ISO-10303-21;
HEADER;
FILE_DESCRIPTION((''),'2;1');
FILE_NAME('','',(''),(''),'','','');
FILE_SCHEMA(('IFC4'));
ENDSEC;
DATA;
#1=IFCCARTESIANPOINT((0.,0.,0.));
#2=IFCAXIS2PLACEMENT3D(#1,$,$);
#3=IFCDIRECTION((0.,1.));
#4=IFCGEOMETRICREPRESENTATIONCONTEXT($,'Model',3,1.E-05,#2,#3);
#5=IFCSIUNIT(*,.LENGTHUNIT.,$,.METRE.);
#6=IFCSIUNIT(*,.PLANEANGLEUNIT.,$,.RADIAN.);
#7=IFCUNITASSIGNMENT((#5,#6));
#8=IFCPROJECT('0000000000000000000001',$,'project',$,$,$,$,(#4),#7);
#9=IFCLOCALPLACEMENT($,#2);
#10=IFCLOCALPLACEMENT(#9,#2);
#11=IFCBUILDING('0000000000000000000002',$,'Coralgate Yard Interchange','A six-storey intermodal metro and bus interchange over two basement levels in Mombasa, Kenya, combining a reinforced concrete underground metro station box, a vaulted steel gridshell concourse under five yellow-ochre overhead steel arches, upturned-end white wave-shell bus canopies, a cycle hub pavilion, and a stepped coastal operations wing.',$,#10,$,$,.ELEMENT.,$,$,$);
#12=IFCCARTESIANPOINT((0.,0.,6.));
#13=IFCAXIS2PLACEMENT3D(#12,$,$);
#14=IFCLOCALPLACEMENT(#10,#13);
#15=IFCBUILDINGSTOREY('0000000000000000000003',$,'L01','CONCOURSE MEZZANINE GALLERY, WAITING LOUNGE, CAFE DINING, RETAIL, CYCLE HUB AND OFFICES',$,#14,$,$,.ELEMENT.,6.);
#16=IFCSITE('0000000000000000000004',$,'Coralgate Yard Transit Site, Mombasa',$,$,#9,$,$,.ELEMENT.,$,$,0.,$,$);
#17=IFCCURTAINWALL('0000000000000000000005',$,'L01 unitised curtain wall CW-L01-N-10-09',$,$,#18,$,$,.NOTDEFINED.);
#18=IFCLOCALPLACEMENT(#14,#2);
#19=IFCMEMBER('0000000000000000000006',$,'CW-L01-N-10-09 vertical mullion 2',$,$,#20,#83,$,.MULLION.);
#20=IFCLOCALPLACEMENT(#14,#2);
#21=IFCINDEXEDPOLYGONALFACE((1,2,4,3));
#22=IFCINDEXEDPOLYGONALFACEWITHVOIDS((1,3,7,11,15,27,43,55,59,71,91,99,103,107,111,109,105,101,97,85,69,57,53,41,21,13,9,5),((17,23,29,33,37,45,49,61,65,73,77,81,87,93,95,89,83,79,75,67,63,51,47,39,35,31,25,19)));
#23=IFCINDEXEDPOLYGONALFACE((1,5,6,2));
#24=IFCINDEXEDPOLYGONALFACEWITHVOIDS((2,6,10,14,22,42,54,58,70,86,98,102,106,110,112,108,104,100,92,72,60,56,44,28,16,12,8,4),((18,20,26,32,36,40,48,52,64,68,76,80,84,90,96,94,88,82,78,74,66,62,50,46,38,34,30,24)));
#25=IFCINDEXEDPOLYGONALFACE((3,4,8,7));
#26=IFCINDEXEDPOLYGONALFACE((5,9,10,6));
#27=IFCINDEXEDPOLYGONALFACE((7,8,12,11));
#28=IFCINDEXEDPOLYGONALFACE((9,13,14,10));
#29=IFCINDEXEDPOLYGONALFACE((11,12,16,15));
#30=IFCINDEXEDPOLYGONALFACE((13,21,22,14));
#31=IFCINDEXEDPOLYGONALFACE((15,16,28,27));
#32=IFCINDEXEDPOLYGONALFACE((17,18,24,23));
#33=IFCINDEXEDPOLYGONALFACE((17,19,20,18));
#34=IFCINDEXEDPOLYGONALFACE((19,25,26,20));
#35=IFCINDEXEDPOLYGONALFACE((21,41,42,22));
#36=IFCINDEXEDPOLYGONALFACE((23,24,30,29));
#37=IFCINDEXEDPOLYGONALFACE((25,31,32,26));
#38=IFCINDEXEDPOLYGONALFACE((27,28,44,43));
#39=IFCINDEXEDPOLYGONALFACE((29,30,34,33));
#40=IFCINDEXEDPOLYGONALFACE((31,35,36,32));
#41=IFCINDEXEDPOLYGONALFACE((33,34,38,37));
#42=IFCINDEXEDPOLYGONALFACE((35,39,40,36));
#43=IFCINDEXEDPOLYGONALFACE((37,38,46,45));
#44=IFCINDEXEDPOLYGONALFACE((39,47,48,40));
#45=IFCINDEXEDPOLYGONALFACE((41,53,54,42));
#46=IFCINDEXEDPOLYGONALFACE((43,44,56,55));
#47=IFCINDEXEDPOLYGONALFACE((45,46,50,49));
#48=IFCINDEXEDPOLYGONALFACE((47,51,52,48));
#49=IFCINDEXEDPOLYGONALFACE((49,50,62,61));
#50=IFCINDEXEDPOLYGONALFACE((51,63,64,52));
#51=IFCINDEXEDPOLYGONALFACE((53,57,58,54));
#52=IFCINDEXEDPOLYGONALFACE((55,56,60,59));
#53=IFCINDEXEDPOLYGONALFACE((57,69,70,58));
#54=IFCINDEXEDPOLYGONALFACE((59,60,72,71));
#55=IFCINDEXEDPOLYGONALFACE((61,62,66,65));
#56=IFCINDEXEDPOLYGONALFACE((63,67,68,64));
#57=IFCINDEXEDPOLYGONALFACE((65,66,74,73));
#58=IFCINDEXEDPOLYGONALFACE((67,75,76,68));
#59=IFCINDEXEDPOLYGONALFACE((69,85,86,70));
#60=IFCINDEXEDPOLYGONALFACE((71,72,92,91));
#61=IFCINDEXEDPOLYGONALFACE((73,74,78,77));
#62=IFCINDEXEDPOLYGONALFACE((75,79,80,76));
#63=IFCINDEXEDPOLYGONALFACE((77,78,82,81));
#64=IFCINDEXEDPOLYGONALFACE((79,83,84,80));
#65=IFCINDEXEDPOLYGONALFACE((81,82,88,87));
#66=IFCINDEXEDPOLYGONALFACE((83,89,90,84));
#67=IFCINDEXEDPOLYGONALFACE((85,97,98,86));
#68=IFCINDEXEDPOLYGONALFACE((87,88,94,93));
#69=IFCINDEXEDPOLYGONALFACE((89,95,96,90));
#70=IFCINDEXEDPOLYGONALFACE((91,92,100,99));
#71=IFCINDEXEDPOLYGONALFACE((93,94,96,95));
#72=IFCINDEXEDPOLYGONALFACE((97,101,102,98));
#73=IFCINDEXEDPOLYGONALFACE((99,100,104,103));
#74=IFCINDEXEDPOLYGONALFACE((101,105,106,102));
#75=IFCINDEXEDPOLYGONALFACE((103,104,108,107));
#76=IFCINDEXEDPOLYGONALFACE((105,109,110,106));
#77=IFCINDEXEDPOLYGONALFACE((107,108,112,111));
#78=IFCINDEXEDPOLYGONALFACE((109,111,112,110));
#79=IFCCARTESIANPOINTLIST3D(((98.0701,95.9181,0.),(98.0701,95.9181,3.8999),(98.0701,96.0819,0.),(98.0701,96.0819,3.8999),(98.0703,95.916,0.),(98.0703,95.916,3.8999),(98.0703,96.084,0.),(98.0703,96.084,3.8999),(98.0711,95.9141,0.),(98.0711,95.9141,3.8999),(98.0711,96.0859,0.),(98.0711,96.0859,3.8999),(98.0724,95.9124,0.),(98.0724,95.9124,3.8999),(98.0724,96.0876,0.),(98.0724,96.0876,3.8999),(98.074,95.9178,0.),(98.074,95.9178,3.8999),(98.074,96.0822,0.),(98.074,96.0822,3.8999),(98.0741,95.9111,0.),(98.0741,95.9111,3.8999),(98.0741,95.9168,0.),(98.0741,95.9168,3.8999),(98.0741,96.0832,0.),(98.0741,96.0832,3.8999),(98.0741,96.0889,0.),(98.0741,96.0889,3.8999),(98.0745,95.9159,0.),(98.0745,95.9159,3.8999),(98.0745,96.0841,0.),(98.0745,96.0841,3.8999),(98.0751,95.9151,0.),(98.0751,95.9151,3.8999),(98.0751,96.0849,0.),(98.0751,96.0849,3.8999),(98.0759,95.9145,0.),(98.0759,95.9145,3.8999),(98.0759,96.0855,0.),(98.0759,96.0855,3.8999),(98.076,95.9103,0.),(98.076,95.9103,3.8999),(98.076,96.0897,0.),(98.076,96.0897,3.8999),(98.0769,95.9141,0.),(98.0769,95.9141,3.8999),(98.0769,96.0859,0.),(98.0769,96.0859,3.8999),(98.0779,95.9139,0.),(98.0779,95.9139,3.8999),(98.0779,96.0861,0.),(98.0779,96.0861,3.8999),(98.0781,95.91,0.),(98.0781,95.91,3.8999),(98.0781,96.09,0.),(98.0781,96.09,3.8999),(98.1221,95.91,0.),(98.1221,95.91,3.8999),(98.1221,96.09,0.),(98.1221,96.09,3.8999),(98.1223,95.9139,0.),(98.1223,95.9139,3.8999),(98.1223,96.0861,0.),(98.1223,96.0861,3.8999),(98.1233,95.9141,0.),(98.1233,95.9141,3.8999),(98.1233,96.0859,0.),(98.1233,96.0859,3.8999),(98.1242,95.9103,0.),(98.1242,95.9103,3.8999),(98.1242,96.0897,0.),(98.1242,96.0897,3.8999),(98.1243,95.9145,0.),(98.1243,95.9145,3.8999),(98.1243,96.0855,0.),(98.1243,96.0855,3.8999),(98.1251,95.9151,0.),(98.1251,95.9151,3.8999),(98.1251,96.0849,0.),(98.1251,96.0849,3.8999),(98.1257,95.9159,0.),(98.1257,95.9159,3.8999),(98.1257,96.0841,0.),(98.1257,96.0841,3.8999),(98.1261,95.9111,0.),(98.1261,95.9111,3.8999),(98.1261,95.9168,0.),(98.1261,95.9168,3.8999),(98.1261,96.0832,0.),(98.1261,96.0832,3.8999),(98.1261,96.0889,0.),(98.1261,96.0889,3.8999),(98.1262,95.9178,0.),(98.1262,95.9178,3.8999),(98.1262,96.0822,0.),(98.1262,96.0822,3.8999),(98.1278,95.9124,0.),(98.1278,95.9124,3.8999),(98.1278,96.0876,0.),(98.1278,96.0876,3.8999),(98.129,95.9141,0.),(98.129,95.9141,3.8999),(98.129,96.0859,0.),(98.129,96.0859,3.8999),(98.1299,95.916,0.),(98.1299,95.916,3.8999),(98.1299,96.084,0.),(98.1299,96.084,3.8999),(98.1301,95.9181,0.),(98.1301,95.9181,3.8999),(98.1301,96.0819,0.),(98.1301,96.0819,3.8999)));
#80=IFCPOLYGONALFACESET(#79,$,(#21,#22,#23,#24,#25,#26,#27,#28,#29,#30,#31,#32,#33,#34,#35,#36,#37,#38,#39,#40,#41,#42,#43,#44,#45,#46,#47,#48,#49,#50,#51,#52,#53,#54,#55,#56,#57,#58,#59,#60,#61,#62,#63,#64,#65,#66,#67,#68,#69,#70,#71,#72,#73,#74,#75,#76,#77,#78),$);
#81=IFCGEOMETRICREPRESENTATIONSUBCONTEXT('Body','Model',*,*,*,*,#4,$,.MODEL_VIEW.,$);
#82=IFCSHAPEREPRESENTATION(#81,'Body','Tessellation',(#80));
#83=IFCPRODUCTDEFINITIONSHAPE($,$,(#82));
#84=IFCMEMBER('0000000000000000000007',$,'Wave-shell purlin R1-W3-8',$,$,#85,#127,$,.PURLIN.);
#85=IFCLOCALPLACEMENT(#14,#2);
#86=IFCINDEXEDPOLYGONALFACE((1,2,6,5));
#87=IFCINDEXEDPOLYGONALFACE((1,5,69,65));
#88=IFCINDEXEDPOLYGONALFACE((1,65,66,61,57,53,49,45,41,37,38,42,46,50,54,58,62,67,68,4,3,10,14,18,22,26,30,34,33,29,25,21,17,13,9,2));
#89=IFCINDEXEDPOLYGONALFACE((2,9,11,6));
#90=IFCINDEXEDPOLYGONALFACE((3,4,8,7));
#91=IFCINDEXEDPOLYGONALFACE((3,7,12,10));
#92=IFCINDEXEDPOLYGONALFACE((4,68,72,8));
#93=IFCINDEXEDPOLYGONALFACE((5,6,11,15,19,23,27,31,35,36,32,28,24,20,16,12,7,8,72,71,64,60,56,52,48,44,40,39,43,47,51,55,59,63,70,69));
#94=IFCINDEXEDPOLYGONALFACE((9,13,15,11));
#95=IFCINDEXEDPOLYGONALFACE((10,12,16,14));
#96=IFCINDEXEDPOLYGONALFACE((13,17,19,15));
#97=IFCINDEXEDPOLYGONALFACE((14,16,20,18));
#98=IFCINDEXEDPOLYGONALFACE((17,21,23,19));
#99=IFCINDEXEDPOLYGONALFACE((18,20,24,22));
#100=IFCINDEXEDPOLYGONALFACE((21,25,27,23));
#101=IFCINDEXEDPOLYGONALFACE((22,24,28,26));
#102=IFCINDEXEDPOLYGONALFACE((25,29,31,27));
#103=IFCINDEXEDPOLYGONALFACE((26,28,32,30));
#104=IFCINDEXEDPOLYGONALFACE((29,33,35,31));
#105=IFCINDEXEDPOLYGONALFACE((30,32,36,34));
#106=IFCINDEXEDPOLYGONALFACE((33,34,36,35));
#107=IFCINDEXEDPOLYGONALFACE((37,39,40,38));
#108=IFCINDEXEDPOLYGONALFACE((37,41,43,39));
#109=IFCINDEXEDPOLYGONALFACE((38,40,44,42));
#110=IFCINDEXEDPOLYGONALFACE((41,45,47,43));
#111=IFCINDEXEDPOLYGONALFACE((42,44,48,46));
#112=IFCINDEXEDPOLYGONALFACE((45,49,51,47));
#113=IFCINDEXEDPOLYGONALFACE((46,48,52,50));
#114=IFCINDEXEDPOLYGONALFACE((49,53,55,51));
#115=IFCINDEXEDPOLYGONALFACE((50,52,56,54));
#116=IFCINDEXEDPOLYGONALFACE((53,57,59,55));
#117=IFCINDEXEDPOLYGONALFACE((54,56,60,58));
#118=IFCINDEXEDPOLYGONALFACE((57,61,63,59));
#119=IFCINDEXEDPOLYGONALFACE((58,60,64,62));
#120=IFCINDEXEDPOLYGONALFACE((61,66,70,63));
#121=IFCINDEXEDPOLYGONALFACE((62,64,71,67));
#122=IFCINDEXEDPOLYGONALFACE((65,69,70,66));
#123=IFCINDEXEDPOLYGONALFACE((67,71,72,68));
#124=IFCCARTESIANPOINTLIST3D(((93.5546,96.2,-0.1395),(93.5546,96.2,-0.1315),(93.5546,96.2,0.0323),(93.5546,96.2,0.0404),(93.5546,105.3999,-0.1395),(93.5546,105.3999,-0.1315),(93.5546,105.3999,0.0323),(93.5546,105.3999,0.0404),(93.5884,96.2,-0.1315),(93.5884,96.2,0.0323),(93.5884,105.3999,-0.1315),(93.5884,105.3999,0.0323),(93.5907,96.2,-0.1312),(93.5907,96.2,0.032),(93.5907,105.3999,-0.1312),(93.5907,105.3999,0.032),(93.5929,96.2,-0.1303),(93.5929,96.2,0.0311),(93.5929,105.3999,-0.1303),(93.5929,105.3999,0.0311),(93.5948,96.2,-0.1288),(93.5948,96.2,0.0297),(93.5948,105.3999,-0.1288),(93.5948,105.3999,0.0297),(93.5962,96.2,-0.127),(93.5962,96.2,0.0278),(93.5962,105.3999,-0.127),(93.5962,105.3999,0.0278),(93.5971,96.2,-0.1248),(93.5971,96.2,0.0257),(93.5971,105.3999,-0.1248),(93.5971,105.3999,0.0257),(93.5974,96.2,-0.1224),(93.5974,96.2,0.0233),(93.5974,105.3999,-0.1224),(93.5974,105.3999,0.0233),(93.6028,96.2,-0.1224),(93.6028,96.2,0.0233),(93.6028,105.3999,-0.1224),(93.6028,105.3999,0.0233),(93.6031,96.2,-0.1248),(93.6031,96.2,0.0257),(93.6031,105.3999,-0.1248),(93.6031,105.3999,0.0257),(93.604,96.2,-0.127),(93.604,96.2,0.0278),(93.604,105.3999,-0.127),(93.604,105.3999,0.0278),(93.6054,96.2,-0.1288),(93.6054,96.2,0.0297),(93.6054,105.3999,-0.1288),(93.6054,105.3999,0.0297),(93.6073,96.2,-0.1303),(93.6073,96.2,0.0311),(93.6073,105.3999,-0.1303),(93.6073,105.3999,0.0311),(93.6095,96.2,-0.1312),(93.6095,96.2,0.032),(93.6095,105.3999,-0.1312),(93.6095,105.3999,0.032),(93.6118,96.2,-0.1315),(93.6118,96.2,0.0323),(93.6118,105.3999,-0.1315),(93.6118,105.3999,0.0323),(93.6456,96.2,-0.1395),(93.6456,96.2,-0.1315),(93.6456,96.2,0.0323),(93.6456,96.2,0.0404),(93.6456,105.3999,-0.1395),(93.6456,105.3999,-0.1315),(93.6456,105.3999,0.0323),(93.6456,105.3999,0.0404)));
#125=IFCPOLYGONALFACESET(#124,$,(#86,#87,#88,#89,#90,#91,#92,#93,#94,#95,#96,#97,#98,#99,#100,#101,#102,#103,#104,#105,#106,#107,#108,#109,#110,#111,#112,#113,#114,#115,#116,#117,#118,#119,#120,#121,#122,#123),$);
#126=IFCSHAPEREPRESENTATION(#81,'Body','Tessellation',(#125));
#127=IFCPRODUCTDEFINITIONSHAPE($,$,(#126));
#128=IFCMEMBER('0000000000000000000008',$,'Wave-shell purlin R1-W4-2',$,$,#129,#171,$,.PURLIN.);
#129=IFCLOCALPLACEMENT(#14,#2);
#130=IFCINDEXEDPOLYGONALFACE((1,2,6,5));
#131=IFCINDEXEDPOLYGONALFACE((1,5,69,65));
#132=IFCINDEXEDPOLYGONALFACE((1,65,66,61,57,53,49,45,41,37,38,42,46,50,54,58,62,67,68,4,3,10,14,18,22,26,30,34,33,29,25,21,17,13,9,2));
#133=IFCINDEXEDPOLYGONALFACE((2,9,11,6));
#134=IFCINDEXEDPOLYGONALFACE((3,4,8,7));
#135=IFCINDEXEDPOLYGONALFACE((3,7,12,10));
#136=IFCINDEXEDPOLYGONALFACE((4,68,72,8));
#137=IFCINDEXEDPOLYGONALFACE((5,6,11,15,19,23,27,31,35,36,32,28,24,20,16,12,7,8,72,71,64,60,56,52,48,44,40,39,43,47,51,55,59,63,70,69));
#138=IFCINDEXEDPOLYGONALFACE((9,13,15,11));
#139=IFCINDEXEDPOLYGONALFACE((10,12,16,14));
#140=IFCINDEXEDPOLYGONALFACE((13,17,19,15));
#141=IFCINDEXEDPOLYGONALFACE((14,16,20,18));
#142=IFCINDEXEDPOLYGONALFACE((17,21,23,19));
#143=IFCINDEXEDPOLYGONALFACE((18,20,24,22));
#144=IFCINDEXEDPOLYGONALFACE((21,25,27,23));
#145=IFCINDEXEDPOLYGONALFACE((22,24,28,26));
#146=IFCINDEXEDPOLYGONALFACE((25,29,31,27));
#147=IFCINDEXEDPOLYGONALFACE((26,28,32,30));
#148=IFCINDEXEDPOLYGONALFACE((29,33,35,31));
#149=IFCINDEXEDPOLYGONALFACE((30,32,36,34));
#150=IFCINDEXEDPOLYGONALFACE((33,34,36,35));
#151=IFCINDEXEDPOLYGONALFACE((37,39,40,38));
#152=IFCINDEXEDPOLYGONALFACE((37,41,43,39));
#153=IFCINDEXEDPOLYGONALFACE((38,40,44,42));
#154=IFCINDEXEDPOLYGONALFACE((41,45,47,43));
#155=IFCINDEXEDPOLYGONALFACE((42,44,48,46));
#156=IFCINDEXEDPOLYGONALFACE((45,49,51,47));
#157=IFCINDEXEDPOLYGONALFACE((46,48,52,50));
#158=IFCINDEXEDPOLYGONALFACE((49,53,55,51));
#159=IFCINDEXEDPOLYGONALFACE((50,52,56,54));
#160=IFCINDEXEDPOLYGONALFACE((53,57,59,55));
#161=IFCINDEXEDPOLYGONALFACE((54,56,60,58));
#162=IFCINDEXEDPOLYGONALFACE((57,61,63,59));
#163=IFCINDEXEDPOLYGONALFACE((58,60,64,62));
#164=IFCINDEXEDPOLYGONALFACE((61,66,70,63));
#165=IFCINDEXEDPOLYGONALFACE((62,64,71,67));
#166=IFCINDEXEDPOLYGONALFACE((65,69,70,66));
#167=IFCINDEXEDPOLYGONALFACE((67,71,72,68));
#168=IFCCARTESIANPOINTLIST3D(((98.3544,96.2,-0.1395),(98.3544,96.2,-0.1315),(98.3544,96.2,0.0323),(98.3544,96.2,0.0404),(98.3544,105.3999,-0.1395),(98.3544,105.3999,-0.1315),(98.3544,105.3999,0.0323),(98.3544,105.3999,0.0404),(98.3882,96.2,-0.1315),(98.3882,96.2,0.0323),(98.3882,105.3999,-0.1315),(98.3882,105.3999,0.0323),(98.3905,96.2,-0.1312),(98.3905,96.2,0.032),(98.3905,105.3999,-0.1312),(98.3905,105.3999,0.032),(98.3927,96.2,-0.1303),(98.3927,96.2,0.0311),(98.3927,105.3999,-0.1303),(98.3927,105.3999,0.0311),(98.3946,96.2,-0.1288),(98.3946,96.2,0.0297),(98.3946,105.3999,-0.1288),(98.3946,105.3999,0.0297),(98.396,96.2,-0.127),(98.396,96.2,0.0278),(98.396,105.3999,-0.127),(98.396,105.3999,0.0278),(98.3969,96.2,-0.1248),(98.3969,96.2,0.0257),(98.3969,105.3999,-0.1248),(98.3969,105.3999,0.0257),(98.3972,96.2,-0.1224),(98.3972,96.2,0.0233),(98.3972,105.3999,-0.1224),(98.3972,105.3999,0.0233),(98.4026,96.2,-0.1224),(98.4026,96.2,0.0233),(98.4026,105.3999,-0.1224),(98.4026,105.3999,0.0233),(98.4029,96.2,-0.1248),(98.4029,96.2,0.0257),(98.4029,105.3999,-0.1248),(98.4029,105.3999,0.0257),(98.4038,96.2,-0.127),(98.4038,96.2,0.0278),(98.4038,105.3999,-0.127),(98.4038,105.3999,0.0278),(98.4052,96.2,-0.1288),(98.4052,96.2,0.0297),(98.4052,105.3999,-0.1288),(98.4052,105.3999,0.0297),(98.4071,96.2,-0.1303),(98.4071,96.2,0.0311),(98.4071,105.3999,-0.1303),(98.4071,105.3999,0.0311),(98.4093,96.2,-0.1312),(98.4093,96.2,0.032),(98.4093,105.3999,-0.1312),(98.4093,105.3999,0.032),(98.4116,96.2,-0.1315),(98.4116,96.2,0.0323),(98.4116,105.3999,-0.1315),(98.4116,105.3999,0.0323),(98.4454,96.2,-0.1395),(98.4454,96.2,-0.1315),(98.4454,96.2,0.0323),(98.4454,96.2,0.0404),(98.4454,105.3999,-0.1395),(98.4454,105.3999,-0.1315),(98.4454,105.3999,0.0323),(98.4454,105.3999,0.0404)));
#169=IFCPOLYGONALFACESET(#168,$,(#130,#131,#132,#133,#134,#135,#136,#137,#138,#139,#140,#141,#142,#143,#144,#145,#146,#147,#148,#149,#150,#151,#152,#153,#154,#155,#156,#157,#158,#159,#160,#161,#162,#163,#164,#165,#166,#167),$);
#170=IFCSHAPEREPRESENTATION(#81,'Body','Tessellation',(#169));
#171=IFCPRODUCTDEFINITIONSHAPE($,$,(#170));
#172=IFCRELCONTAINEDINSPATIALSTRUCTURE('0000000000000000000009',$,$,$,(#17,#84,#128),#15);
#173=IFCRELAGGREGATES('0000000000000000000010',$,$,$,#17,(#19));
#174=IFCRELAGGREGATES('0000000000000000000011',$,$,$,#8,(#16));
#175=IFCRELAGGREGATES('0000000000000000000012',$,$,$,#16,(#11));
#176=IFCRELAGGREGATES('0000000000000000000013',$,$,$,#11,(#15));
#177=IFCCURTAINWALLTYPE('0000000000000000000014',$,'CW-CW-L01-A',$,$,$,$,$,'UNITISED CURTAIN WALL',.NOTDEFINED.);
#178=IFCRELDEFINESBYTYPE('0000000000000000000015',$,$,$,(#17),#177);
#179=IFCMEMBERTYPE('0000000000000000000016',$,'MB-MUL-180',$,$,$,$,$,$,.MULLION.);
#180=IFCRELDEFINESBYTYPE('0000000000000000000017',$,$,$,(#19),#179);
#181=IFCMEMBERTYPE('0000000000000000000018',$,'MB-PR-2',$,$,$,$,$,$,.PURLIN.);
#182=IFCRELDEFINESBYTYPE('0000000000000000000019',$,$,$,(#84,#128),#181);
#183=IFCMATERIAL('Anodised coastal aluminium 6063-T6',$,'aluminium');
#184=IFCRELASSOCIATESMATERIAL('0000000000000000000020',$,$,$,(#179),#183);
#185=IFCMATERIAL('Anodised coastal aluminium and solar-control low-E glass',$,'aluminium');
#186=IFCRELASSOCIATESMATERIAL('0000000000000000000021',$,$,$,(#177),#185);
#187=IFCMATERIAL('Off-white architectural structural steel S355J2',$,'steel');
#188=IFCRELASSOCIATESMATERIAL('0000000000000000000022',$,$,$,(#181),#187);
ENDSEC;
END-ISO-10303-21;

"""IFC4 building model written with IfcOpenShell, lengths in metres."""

from ifc_helpers import new_model, si_unit, direction, frame, origin, origin_2d, place, context, subcontext, project, spatial, hollow_rectangle, i_section, extrude, material, material_profile, profile_set, type_object, element, aggregate, save


model = new_model("IFC4")

# Units and contexts
model_context = context("Model", 3, precision=1e-05, world=origin(), true_north=direction((0.0, 1.0)))
body_context = subcontext(model_context, "Body", "Model", "MODEL_VIEW")
ifc_project = project(units=[si_unit("LENGTHUNIT", "METRE"), si_unit("PLANEANGLEUNIT", "RADIAN")], contexts=[model_context])

# Site, building, storey
site_placement = place(None, origin())
site = spatial("IfcSite", under=ifc_project, at=site_placement, Name="Coralgate Yard Transit Site, Mombasa", CompositionType="ELEMENT", RefElevation=0.0)
building_placement = place(site_placement, origin())
building = spatial("IfcBuilding", under=site, at=building_placement, Name="Coralgate Yard Interchange", Description="A six-storey intermodal metro and bus interchange over two basement levels in Mombasa, Kenya, combining a reinforced concrete underground metro station box, a vaulted steel gridshell concourse under five yellow-ochre overhead steel arches, upturned-end white wave-shell bus canopies, a cycle hub pavilion, and a stepped coastal operations wing.", CompositionType="ELEMENT")
storey_placement = place(building_placement, frame((0.0, 0.0, 6.0)))
storey = spatial("IfcBuildingStorey", under=building, at=storey_placement, Name="L01", Description="CONCOURSE MEZZANINE GALLERY, WAITING LOUNGE, CAFE DINING, RETAIL, CYCLE HUB AND OFFICES", CompositionType="ELEMENT", Elevation=6.0)

# Curtain wall, member
ifc_material_1 = material(Name="Anodised coastal aluminium and solar-control low-E glass", Category="aluminium")
ifc_material_2 = material(Name="Anodised coastal aluminium 6063-T6", Category="aluminium")
ifc_material_profile_1 = material_profile(ifc_material_2, hollow_rectangle(XDim=0.0601, YDim=0.1799, WallThickness=0.0039, InnerFilletRadius=0.0039, OuterFilletRadius=0.0081, at=origin_2d()), Name="ALU 60x180x4")
ifc_profile_set_1 = profile_set([ifc_material_profile_1], Name="Anodised coastal aluminium 6063-T6")
member_type_1 = type_object("IfcMemberType", Name="MB-MUL-180", PredefinedType="MULLION", material=ifc_profile_set_1)
curtain_wall_type_1 = type_object("IfcCurtainWallType", Name="CW-CW-L01-A", ElementType="UNITISED CURTAIN WALL", PredefinedType="NOTDEFINED", material=ifc_material_1)
curtain_wall_1_placement = place(storey_placement, origin())
curtain_wall_1 = element("IfcCurtainWall", 1, at=curtain_wall_1_placement, inside=storey, type_object=curtain_wall_type_1, Name="L01 unitised curtain wall CW-L01-N-10-09", PredefinedType="NOTDEFINED")
member_1_placement = place(storey_placement, frame((98.1001, 96.0, 0.0), z_axis=(0.0, 0.0, 1.0), x_axis=(1.0, 0.0, 0.0)))
member_1 = element("IfcMember", 2, at=member_1_placement, type_object=member_type_1, Name="CW-L01-N-10-09 vertical mullion 2", PredefinedType="MULLION", context=body_context, shape_type="SweptSolid", body=[
    extrude(hollow_rectangle(XDim=0.0601, YDim=0.1799, WallThickness=0.0039, InnerFilletRadius=0.0039, OuterFilletRadius=0.0081, at=origin_2d()), origin(), (0.0, 0.0, 1.0), 3.8999),
])

# Members
ifc_material_3 = material(Name="Off-white architectural structural steel S355J2", Category="steel")
ifc_material_profile_2 = material_profile(ifc_material_3, i_section(OverallWidth=0.0911, OverallDepth=0.1799, WebThickness=0.0054, FlangeThickness=0.0081, FilletRadius=0.009, at=origin_2d()), Name="IPE 180")
ifc_profile_set_2 = profile_set([ifc_material_profile_2], Name="Off-white architectural structural steel S355J2")
member_type_2 = type_object("IfcMemberType", Name="MB-PR-2", PredefinedType="PURLIN", material=ifc_profile_set_2)
for number, where, z_axis, x_axis, name in (
    (3, (93.6001, 96.2, -0.0496), (0.0, 1.0, 0.0), (-1.0, 0.0, 0.0), "Wave-shell purlin R1-W3-8"),
    (4, (98.3999, 96.2, -0.0496), (0.0, 1.0, 0.0), (-1.0, 0.0, 0.0), "Wave-shell purlin R1-W4-2"),
):
    element("IfcMember", number, at=place(storey_placement, frame(where, z_axis=z_axis, x_axis=x_axis)), inside=storey, type_object=member_type_2, Name=name, PredefinedType="PURLIN", context=body_context, shape_type="SweptSolid", body=[
        extrude(i_section(OverallWidth=0.0911, OverallDepth=0.1799, WebThickness=0.0054, FlangeThickness=0.0081, FilletRadius=0.009, at=origin_2d()), origin(), (0.0, 0.0, 1.0), 9.2),
    ])

aggregate(curtain_wall_1, [member_1])

save(model, "model.ifc")
